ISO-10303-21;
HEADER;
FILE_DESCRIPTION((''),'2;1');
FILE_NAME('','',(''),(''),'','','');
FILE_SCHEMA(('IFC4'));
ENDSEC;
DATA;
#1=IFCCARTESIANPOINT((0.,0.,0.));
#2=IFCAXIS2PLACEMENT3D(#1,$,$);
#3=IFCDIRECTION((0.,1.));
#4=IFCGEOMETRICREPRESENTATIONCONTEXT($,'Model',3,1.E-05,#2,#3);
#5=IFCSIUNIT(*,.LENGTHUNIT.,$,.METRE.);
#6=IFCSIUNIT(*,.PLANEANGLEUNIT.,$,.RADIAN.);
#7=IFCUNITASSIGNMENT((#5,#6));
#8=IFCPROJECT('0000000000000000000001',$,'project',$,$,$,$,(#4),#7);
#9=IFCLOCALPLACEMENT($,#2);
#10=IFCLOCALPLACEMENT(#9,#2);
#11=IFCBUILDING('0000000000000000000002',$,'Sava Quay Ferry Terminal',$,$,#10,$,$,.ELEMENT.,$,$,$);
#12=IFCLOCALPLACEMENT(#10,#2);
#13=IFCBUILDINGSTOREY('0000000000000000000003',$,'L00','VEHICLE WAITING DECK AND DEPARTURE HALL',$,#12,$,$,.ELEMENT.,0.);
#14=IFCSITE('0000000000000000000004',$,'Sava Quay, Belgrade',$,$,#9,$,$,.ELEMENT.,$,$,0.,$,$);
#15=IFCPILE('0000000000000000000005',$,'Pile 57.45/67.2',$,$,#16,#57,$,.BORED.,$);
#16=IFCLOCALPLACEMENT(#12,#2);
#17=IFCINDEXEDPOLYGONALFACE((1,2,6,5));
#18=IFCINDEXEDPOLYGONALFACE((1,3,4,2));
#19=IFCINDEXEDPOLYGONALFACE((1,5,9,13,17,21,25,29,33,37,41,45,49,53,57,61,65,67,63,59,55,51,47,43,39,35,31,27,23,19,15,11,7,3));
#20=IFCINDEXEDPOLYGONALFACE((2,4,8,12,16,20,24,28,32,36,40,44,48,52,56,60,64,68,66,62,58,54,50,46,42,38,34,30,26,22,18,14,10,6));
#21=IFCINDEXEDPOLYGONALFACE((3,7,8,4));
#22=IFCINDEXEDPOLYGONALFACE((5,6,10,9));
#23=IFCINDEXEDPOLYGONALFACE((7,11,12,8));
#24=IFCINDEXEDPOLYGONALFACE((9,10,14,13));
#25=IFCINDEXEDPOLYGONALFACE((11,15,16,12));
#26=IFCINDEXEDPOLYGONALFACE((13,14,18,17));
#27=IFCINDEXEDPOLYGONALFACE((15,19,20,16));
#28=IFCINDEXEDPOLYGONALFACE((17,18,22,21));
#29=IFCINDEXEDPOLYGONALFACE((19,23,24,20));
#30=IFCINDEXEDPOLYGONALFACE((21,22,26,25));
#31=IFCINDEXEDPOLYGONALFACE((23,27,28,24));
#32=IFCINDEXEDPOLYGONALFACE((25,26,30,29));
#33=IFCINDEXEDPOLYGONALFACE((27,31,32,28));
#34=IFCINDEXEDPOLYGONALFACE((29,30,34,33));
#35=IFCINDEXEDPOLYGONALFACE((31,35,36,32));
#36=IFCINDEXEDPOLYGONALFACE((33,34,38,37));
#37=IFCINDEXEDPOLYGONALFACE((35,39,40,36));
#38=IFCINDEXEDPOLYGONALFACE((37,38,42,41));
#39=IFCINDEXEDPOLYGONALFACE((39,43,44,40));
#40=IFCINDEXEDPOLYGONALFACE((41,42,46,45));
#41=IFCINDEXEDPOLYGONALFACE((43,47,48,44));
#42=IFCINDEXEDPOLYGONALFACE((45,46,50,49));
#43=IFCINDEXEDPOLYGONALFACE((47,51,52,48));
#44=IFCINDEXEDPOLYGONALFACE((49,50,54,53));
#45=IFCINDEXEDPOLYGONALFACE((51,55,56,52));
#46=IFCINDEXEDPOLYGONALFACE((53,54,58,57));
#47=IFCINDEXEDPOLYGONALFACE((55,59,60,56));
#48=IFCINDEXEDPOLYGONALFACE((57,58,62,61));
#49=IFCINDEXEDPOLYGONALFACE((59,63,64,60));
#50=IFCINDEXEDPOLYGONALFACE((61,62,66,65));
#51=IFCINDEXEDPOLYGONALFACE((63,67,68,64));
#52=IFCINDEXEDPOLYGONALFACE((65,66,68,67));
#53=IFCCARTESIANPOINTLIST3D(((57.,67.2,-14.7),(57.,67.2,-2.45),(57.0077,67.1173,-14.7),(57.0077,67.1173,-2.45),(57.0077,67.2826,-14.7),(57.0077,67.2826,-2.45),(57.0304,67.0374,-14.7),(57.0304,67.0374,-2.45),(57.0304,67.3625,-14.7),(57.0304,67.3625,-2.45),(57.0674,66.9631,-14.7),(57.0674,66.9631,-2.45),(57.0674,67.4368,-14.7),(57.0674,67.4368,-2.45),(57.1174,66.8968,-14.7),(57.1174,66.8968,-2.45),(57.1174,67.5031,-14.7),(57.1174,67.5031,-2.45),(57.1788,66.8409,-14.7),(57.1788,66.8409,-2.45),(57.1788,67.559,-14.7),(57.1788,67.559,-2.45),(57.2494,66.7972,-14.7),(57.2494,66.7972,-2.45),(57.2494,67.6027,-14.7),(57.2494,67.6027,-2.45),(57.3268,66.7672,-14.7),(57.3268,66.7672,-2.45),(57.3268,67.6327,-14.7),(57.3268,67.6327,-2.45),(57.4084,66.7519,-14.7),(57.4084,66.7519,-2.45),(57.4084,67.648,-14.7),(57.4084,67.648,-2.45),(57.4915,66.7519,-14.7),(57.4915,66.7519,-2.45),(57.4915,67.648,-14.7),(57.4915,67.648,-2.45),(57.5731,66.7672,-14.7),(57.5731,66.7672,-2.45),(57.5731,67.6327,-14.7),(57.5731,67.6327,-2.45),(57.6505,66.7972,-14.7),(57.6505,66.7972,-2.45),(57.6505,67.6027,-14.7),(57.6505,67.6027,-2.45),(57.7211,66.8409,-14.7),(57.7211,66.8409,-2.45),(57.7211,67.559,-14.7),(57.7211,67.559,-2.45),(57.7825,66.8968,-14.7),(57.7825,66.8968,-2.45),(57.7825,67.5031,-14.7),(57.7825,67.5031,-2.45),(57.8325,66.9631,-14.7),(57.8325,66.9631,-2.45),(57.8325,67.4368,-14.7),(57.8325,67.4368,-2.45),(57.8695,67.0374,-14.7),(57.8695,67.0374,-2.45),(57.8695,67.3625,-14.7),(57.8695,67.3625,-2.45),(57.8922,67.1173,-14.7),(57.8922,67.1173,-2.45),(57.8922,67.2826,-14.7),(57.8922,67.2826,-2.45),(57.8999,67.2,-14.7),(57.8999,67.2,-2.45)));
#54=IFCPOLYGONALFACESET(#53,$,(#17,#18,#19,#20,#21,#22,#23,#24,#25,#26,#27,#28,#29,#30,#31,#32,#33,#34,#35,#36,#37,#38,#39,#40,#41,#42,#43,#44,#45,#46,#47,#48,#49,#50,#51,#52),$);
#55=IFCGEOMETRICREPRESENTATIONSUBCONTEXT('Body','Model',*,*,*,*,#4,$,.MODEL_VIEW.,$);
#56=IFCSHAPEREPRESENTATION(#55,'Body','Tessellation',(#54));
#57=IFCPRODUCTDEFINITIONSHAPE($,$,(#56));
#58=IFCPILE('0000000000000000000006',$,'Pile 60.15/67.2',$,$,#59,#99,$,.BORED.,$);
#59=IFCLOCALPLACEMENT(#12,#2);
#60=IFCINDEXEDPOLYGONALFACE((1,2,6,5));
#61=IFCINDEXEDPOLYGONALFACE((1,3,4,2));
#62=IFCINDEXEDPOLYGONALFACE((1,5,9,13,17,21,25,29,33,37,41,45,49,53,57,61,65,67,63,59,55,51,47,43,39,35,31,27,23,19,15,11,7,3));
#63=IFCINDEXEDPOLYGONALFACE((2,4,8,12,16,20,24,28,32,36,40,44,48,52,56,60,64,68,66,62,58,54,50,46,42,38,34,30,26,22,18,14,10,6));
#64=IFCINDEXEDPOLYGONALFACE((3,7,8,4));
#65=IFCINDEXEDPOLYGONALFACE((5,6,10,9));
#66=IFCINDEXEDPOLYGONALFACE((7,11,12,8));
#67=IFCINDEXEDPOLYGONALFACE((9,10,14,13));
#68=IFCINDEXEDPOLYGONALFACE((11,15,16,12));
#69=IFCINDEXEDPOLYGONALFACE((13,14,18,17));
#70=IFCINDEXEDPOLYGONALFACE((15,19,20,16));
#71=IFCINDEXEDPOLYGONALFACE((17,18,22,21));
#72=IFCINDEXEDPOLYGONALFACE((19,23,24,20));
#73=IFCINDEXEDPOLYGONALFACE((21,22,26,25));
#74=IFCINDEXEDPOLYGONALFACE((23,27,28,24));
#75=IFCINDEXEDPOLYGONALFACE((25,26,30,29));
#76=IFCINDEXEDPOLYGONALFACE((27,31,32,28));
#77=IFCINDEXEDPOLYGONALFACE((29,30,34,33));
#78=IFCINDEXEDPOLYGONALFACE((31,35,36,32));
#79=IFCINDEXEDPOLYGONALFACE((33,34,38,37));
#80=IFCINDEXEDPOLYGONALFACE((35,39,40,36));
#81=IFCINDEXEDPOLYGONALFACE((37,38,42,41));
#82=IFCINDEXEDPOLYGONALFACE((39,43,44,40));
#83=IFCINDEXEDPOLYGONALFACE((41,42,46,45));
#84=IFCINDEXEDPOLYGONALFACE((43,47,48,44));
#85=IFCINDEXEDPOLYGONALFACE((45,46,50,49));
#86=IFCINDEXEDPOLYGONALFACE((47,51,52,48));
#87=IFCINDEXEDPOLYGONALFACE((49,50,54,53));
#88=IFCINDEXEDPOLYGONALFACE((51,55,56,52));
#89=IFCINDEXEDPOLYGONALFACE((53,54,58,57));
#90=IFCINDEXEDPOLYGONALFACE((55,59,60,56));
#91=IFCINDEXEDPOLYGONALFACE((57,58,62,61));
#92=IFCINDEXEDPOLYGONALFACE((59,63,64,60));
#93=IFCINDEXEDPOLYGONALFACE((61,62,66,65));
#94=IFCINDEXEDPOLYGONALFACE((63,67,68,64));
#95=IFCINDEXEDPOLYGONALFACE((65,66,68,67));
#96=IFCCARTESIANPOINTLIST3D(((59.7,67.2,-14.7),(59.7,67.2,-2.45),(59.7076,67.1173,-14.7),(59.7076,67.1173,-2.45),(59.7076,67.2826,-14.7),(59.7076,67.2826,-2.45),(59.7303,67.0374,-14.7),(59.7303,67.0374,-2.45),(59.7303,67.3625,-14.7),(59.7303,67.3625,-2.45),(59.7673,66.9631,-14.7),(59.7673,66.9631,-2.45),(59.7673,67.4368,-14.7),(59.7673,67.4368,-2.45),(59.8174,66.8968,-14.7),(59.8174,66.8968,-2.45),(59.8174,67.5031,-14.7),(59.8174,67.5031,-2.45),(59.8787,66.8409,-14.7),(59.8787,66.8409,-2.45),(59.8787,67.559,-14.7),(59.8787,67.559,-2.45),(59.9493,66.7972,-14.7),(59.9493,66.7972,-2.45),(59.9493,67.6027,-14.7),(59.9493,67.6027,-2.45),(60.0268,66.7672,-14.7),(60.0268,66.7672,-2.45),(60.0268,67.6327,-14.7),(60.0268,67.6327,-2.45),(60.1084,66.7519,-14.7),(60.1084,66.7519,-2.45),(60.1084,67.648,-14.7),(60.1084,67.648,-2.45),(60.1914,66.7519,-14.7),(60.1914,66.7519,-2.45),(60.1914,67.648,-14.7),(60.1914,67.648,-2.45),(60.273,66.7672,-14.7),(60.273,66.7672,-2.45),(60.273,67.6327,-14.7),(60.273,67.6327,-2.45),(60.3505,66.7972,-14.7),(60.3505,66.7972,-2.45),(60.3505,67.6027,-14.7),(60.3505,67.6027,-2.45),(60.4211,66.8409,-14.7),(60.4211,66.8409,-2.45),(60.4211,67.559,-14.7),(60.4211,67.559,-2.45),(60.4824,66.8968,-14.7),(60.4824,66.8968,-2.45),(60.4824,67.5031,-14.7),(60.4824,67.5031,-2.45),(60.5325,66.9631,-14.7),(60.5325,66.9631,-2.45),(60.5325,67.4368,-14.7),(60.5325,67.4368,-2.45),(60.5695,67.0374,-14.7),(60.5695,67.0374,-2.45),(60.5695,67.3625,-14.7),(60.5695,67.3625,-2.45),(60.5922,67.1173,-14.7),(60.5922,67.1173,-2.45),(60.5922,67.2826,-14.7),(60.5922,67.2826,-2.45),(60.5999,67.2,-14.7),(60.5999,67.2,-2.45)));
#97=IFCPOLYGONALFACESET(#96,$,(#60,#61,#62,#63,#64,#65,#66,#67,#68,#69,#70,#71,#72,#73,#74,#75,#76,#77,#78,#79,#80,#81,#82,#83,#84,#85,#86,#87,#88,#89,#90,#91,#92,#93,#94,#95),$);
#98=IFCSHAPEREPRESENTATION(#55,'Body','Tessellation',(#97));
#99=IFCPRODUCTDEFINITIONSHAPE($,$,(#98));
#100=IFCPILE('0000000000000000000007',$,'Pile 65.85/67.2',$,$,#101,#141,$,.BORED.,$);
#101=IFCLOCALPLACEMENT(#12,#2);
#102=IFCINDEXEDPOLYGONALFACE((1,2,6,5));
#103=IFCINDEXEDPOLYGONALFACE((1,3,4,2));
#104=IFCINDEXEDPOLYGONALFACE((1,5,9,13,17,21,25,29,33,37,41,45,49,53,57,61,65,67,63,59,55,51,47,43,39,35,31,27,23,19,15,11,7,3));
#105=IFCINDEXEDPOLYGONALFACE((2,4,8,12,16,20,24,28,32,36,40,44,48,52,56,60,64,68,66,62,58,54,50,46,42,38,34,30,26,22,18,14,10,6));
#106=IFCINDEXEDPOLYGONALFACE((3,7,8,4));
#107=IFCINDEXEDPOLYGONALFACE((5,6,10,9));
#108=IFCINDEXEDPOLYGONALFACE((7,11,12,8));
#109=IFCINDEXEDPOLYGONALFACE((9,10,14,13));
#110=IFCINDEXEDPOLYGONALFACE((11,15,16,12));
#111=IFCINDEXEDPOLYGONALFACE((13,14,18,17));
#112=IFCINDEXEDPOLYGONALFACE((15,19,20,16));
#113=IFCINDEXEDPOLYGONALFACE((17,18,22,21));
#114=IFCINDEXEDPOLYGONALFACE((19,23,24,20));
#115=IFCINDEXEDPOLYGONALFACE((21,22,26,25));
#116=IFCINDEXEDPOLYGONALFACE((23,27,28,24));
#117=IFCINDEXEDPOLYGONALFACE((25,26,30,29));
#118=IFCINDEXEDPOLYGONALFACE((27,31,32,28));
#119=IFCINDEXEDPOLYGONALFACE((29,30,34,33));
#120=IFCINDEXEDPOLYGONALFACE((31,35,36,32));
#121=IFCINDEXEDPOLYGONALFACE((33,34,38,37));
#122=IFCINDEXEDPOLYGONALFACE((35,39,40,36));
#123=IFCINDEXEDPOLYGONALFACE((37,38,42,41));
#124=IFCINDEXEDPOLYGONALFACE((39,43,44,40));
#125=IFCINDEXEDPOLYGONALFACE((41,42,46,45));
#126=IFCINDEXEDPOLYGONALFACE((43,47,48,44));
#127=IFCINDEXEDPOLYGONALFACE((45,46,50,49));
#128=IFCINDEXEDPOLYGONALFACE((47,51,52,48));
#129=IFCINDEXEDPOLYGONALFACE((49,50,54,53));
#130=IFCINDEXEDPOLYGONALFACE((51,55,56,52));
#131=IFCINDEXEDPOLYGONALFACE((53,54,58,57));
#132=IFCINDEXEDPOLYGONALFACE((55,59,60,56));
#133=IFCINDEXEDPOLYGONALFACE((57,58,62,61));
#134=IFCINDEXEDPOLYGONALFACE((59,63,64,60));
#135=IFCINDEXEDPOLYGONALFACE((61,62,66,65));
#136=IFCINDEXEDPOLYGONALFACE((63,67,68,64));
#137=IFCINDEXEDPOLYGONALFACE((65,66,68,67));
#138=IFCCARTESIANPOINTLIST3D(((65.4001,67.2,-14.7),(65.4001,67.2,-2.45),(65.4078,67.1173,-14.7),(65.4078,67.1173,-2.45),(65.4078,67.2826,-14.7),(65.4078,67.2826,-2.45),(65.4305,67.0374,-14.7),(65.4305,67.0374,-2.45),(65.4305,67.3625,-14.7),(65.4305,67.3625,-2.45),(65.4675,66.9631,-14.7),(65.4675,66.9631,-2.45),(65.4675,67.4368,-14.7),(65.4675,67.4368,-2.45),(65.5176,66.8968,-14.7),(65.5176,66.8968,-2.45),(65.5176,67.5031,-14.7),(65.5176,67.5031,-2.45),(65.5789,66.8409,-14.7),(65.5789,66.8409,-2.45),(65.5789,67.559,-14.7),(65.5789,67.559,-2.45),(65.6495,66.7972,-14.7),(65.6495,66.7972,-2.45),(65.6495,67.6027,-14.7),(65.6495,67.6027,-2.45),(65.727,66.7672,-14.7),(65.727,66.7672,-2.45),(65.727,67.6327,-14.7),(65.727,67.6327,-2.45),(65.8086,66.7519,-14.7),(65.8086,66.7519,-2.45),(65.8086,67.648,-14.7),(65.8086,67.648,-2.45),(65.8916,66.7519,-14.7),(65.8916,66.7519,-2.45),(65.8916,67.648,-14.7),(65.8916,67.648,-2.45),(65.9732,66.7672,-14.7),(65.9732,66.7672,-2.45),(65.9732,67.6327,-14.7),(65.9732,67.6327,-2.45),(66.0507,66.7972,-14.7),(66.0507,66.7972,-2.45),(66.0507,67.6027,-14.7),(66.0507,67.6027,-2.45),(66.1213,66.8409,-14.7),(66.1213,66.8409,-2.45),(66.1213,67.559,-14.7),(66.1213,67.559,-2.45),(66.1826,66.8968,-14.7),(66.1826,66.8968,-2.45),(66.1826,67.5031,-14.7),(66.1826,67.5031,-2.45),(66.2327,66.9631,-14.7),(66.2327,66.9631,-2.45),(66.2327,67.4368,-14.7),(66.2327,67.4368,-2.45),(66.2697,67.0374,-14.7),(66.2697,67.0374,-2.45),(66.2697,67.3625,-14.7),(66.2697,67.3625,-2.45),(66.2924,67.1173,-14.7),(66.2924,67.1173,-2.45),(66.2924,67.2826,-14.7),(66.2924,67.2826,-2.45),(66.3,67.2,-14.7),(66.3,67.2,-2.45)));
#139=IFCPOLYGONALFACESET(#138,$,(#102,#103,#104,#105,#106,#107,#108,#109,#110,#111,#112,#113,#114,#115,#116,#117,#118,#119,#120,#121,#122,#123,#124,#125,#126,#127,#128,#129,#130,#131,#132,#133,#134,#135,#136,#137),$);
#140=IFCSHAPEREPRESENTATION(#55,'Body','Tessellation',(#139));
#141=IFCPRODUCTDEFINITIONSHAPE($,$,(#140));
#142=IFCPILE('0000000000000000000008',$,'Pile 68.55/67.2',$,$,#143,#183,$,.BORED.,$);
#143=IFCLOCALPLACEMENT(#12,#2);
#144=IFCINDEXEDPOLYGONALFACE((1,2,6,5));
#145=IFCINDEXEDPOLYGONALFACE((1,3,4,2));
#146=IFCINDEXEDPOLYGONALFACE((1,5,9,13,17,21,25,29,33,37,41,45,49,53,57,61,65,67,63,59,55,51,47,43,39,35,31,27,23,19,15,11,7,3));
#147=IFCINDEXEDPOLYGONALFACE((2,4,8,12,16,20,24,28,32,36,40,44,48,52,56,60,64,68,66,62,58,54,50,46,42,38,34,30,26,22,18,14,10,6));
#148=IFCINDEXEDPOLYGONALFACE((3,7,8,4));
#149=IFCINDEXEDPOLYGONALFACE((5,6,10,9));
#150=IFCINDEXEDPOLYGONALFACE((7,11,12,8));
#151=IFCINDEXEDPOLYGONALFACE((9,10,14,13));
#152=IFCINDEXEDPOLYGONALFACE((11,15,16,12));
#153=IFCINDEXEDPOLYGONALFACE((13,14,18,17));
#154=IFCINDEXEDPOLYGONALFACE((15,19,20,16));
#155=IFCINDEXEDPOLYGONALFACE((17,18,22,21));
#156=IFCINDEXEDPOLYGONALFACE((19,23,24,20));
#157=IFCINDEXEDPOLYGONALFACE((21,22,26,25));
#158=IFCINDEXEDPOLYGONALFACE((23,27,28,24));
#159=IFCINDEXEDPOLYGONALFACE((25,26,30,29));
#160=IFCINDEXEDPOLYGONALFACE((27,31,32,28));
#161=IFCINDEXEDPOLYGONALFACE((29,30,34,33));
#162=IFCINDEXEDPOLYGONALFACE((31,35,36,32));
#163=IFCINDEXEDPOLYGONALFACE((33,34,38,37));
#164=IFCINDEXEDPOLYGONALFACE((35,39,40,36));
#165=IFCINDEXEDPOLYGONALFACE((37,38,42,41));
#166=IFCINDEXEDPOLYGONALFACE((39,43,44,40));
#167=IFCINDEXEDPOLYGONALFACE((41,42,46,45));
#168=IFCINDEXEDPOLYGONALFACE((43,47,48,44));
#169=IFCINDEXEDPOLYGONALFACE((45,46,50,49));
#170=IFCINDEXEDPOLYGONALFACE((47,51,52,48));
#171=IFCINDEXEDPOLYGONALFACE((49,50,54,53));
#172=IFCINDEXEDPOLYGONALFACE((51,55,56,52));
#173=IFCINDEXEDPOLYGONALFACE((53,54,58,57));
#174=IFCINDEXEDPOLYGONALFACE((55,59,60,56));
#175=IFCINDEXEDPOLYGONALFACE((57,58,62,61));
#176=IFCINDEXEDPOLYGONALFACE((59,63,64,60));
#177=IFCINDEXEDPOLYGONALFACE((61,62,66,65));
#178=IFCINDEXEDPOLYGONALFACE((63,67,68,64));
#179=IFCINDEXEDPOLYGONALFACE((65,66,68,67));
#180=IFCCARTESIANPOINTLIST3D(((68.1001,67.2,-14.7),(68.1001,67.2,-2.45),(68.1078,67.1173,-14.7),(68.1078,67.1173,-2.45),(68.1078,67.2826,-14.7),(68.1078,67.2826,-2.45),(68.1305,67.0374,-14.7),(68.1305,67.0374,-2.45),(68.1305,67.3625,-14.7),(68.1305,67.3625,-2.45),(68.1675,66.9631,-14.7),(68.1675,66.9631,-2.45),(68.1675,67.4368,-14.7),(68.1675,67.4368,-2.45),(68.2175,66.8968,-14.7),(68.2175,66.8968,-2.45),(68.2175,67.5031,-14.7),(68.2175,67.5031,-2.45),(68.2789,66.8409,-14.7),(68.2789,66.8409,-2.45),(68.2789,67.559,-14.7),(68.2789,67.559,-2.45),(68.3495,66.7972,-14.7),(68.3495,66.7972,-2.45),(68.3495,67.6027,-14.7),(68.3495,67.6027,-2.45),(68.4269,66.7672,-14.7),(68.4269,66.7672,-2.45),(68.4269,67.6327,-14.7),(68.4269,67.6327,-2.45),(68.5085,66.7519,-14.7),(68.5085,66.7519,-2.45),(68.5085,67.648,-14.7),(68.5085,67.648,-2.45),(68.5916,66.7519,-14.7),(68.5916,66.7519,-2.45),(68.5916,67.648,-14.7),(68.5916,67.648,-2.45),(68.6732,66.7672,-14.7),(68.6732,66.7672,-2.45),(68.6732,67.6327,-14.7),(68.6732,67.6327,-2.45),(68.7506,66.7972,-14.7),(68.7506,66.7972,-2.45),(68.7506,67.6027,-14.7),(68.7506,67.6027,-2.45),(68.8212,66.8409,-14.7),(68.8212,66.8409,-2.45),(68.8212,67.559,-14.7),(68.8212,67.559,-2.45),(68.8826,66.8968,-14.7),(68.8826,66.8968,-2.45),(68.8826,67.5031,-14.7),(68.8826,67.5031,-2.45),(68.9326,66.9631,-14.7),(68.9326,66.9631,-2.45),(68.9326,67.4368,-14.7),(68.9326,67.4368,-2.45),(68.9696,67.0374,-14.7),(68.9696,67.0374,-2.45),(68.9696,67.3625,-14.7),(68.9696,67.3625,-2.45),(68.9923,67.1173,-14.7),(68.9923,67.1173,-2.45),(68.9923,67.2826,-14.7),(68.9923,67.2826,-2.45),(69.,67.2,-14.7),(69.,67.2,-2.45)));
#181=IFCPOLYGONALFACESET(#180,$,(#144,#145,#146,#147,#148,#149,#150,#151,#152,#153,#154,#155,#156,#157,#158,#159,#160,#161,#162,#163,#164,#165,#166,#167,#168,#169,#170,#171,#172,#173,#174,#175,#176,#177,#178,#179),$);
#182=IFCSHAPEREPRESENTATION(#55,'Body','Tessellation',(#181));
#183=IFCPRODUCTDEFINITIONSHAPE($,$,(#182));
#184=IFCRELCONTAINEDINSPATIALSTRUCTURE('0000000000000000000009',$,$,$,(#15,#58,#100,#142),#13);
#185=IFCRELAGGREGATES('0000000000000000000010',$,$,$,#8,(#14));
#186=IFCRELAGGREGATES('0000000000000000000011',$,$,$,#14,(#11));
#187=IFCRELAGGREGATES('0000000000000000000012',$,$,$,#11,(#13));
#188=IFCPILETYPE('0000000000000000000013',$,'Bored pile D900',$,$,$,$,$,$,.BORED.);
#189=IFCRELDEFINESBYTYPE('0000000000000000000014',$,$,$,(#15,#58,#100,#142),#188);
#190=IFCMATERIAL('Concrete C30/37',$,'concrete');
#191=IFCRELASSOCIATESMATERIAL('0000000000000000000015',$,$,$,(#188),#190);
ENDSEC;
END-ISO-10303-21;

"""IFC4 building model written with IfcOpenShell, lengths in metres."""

from ifc_helpers import new_model, si_unit, direction, frame, origin, origin_2d, place, context, subcontext, project, spatial, circle, extrude, material, material_profile, profile_set, type_object, element, save


model = new_model("IFC4")

# Units and contexts
model_context = context("Model", 3, precision=1e-05, world=origin(), true_north=direction((0.0, 1.0)))
body_context = subcontext(model_context, "Body", "Model", "MODEL_VIEW")
ifc_project = project(units=[si_unit("LENGTHUNIT", "METRE"), si_unit("PLANEANGLEUNIT", "RADIAN")], contexts=[model_context])

# Site, building, storey
site_placement = place(None, origin())
site = spatial("IfcSite", under=ifc_project, at=site_placement, Name="Sava Quay, Belgrade", CompositionType="ELEMENT", RefElevation=0.0)
building_placement = place(site_placement, origin())
building = spatial("IfcBuilding", under=site, at=building_placement, Name="Sava Quay Ferry Terminal", CompositionType="ELEMENT")
storey_placement = place(building_placement, origin())
storey = spatial("IfcBuildingStorey", under=building, at=storey_placement, Name="L00", Description="VEHICLE WAITING DECK AND DEPARTURE HALL", CompositionType="ELEMENT", Elevation=0.0)

# Piles
ifc_material_1 = material(Name="Concrete C30/37", Category="concrete")
ifc_material_profile_1 = material_profile(ifc_material_1, circle(Radius=0.45, at=origin_2d()), Name="Bored pile D900")
ifc_profile_set_1 = profile_set([ifc_material_profile_1], Name="Concrete C30/37")
pile_type = type_object("IfcPileType", Name="Bored pile D900", PredefinedType="BORED", material=ifc_profile_set_1)
for number, where, z_axis, x_axis, name in (
    (1, (57.45, 67.2, -2.45), (0.0, 0.0, -1.0), (1.0, 0.0, 0.0), "Pile 57.45/67.2"),
    (2, (60.1499, 67.2, -2.45), (0.0, 0.0, -1.0), (1.0, 0.0, 0.0), "Pile 60.15/67.2"),
    (3, (65.8501, 67.2, -2.45), (0.0, 0.0, -1.0), (1.0, 0.0, 0.0), "Pile 65.85/67.2"),
    (4, (68.55, 67.2, -2.45), (0.0, 0.0, -1.0), (1.0, 0.0, 0.0), "Pile 68.55/67.2"),
):
    element("IfcPile", number, at=place(storey_placement, frame(where, z_axis=z_axis, x_axis=x_axis)), inside=storey, type_object=pile_type, Name=name, PredefinedType="BORED", context=body_context, shape_type="SweptSolid", body=[
        extrude(circle(Radius=0.45, at=origin_2d()), origin(), (0.0, 0.0, 1.0), 12.25),
    ])

save(model, "model.ifc")
